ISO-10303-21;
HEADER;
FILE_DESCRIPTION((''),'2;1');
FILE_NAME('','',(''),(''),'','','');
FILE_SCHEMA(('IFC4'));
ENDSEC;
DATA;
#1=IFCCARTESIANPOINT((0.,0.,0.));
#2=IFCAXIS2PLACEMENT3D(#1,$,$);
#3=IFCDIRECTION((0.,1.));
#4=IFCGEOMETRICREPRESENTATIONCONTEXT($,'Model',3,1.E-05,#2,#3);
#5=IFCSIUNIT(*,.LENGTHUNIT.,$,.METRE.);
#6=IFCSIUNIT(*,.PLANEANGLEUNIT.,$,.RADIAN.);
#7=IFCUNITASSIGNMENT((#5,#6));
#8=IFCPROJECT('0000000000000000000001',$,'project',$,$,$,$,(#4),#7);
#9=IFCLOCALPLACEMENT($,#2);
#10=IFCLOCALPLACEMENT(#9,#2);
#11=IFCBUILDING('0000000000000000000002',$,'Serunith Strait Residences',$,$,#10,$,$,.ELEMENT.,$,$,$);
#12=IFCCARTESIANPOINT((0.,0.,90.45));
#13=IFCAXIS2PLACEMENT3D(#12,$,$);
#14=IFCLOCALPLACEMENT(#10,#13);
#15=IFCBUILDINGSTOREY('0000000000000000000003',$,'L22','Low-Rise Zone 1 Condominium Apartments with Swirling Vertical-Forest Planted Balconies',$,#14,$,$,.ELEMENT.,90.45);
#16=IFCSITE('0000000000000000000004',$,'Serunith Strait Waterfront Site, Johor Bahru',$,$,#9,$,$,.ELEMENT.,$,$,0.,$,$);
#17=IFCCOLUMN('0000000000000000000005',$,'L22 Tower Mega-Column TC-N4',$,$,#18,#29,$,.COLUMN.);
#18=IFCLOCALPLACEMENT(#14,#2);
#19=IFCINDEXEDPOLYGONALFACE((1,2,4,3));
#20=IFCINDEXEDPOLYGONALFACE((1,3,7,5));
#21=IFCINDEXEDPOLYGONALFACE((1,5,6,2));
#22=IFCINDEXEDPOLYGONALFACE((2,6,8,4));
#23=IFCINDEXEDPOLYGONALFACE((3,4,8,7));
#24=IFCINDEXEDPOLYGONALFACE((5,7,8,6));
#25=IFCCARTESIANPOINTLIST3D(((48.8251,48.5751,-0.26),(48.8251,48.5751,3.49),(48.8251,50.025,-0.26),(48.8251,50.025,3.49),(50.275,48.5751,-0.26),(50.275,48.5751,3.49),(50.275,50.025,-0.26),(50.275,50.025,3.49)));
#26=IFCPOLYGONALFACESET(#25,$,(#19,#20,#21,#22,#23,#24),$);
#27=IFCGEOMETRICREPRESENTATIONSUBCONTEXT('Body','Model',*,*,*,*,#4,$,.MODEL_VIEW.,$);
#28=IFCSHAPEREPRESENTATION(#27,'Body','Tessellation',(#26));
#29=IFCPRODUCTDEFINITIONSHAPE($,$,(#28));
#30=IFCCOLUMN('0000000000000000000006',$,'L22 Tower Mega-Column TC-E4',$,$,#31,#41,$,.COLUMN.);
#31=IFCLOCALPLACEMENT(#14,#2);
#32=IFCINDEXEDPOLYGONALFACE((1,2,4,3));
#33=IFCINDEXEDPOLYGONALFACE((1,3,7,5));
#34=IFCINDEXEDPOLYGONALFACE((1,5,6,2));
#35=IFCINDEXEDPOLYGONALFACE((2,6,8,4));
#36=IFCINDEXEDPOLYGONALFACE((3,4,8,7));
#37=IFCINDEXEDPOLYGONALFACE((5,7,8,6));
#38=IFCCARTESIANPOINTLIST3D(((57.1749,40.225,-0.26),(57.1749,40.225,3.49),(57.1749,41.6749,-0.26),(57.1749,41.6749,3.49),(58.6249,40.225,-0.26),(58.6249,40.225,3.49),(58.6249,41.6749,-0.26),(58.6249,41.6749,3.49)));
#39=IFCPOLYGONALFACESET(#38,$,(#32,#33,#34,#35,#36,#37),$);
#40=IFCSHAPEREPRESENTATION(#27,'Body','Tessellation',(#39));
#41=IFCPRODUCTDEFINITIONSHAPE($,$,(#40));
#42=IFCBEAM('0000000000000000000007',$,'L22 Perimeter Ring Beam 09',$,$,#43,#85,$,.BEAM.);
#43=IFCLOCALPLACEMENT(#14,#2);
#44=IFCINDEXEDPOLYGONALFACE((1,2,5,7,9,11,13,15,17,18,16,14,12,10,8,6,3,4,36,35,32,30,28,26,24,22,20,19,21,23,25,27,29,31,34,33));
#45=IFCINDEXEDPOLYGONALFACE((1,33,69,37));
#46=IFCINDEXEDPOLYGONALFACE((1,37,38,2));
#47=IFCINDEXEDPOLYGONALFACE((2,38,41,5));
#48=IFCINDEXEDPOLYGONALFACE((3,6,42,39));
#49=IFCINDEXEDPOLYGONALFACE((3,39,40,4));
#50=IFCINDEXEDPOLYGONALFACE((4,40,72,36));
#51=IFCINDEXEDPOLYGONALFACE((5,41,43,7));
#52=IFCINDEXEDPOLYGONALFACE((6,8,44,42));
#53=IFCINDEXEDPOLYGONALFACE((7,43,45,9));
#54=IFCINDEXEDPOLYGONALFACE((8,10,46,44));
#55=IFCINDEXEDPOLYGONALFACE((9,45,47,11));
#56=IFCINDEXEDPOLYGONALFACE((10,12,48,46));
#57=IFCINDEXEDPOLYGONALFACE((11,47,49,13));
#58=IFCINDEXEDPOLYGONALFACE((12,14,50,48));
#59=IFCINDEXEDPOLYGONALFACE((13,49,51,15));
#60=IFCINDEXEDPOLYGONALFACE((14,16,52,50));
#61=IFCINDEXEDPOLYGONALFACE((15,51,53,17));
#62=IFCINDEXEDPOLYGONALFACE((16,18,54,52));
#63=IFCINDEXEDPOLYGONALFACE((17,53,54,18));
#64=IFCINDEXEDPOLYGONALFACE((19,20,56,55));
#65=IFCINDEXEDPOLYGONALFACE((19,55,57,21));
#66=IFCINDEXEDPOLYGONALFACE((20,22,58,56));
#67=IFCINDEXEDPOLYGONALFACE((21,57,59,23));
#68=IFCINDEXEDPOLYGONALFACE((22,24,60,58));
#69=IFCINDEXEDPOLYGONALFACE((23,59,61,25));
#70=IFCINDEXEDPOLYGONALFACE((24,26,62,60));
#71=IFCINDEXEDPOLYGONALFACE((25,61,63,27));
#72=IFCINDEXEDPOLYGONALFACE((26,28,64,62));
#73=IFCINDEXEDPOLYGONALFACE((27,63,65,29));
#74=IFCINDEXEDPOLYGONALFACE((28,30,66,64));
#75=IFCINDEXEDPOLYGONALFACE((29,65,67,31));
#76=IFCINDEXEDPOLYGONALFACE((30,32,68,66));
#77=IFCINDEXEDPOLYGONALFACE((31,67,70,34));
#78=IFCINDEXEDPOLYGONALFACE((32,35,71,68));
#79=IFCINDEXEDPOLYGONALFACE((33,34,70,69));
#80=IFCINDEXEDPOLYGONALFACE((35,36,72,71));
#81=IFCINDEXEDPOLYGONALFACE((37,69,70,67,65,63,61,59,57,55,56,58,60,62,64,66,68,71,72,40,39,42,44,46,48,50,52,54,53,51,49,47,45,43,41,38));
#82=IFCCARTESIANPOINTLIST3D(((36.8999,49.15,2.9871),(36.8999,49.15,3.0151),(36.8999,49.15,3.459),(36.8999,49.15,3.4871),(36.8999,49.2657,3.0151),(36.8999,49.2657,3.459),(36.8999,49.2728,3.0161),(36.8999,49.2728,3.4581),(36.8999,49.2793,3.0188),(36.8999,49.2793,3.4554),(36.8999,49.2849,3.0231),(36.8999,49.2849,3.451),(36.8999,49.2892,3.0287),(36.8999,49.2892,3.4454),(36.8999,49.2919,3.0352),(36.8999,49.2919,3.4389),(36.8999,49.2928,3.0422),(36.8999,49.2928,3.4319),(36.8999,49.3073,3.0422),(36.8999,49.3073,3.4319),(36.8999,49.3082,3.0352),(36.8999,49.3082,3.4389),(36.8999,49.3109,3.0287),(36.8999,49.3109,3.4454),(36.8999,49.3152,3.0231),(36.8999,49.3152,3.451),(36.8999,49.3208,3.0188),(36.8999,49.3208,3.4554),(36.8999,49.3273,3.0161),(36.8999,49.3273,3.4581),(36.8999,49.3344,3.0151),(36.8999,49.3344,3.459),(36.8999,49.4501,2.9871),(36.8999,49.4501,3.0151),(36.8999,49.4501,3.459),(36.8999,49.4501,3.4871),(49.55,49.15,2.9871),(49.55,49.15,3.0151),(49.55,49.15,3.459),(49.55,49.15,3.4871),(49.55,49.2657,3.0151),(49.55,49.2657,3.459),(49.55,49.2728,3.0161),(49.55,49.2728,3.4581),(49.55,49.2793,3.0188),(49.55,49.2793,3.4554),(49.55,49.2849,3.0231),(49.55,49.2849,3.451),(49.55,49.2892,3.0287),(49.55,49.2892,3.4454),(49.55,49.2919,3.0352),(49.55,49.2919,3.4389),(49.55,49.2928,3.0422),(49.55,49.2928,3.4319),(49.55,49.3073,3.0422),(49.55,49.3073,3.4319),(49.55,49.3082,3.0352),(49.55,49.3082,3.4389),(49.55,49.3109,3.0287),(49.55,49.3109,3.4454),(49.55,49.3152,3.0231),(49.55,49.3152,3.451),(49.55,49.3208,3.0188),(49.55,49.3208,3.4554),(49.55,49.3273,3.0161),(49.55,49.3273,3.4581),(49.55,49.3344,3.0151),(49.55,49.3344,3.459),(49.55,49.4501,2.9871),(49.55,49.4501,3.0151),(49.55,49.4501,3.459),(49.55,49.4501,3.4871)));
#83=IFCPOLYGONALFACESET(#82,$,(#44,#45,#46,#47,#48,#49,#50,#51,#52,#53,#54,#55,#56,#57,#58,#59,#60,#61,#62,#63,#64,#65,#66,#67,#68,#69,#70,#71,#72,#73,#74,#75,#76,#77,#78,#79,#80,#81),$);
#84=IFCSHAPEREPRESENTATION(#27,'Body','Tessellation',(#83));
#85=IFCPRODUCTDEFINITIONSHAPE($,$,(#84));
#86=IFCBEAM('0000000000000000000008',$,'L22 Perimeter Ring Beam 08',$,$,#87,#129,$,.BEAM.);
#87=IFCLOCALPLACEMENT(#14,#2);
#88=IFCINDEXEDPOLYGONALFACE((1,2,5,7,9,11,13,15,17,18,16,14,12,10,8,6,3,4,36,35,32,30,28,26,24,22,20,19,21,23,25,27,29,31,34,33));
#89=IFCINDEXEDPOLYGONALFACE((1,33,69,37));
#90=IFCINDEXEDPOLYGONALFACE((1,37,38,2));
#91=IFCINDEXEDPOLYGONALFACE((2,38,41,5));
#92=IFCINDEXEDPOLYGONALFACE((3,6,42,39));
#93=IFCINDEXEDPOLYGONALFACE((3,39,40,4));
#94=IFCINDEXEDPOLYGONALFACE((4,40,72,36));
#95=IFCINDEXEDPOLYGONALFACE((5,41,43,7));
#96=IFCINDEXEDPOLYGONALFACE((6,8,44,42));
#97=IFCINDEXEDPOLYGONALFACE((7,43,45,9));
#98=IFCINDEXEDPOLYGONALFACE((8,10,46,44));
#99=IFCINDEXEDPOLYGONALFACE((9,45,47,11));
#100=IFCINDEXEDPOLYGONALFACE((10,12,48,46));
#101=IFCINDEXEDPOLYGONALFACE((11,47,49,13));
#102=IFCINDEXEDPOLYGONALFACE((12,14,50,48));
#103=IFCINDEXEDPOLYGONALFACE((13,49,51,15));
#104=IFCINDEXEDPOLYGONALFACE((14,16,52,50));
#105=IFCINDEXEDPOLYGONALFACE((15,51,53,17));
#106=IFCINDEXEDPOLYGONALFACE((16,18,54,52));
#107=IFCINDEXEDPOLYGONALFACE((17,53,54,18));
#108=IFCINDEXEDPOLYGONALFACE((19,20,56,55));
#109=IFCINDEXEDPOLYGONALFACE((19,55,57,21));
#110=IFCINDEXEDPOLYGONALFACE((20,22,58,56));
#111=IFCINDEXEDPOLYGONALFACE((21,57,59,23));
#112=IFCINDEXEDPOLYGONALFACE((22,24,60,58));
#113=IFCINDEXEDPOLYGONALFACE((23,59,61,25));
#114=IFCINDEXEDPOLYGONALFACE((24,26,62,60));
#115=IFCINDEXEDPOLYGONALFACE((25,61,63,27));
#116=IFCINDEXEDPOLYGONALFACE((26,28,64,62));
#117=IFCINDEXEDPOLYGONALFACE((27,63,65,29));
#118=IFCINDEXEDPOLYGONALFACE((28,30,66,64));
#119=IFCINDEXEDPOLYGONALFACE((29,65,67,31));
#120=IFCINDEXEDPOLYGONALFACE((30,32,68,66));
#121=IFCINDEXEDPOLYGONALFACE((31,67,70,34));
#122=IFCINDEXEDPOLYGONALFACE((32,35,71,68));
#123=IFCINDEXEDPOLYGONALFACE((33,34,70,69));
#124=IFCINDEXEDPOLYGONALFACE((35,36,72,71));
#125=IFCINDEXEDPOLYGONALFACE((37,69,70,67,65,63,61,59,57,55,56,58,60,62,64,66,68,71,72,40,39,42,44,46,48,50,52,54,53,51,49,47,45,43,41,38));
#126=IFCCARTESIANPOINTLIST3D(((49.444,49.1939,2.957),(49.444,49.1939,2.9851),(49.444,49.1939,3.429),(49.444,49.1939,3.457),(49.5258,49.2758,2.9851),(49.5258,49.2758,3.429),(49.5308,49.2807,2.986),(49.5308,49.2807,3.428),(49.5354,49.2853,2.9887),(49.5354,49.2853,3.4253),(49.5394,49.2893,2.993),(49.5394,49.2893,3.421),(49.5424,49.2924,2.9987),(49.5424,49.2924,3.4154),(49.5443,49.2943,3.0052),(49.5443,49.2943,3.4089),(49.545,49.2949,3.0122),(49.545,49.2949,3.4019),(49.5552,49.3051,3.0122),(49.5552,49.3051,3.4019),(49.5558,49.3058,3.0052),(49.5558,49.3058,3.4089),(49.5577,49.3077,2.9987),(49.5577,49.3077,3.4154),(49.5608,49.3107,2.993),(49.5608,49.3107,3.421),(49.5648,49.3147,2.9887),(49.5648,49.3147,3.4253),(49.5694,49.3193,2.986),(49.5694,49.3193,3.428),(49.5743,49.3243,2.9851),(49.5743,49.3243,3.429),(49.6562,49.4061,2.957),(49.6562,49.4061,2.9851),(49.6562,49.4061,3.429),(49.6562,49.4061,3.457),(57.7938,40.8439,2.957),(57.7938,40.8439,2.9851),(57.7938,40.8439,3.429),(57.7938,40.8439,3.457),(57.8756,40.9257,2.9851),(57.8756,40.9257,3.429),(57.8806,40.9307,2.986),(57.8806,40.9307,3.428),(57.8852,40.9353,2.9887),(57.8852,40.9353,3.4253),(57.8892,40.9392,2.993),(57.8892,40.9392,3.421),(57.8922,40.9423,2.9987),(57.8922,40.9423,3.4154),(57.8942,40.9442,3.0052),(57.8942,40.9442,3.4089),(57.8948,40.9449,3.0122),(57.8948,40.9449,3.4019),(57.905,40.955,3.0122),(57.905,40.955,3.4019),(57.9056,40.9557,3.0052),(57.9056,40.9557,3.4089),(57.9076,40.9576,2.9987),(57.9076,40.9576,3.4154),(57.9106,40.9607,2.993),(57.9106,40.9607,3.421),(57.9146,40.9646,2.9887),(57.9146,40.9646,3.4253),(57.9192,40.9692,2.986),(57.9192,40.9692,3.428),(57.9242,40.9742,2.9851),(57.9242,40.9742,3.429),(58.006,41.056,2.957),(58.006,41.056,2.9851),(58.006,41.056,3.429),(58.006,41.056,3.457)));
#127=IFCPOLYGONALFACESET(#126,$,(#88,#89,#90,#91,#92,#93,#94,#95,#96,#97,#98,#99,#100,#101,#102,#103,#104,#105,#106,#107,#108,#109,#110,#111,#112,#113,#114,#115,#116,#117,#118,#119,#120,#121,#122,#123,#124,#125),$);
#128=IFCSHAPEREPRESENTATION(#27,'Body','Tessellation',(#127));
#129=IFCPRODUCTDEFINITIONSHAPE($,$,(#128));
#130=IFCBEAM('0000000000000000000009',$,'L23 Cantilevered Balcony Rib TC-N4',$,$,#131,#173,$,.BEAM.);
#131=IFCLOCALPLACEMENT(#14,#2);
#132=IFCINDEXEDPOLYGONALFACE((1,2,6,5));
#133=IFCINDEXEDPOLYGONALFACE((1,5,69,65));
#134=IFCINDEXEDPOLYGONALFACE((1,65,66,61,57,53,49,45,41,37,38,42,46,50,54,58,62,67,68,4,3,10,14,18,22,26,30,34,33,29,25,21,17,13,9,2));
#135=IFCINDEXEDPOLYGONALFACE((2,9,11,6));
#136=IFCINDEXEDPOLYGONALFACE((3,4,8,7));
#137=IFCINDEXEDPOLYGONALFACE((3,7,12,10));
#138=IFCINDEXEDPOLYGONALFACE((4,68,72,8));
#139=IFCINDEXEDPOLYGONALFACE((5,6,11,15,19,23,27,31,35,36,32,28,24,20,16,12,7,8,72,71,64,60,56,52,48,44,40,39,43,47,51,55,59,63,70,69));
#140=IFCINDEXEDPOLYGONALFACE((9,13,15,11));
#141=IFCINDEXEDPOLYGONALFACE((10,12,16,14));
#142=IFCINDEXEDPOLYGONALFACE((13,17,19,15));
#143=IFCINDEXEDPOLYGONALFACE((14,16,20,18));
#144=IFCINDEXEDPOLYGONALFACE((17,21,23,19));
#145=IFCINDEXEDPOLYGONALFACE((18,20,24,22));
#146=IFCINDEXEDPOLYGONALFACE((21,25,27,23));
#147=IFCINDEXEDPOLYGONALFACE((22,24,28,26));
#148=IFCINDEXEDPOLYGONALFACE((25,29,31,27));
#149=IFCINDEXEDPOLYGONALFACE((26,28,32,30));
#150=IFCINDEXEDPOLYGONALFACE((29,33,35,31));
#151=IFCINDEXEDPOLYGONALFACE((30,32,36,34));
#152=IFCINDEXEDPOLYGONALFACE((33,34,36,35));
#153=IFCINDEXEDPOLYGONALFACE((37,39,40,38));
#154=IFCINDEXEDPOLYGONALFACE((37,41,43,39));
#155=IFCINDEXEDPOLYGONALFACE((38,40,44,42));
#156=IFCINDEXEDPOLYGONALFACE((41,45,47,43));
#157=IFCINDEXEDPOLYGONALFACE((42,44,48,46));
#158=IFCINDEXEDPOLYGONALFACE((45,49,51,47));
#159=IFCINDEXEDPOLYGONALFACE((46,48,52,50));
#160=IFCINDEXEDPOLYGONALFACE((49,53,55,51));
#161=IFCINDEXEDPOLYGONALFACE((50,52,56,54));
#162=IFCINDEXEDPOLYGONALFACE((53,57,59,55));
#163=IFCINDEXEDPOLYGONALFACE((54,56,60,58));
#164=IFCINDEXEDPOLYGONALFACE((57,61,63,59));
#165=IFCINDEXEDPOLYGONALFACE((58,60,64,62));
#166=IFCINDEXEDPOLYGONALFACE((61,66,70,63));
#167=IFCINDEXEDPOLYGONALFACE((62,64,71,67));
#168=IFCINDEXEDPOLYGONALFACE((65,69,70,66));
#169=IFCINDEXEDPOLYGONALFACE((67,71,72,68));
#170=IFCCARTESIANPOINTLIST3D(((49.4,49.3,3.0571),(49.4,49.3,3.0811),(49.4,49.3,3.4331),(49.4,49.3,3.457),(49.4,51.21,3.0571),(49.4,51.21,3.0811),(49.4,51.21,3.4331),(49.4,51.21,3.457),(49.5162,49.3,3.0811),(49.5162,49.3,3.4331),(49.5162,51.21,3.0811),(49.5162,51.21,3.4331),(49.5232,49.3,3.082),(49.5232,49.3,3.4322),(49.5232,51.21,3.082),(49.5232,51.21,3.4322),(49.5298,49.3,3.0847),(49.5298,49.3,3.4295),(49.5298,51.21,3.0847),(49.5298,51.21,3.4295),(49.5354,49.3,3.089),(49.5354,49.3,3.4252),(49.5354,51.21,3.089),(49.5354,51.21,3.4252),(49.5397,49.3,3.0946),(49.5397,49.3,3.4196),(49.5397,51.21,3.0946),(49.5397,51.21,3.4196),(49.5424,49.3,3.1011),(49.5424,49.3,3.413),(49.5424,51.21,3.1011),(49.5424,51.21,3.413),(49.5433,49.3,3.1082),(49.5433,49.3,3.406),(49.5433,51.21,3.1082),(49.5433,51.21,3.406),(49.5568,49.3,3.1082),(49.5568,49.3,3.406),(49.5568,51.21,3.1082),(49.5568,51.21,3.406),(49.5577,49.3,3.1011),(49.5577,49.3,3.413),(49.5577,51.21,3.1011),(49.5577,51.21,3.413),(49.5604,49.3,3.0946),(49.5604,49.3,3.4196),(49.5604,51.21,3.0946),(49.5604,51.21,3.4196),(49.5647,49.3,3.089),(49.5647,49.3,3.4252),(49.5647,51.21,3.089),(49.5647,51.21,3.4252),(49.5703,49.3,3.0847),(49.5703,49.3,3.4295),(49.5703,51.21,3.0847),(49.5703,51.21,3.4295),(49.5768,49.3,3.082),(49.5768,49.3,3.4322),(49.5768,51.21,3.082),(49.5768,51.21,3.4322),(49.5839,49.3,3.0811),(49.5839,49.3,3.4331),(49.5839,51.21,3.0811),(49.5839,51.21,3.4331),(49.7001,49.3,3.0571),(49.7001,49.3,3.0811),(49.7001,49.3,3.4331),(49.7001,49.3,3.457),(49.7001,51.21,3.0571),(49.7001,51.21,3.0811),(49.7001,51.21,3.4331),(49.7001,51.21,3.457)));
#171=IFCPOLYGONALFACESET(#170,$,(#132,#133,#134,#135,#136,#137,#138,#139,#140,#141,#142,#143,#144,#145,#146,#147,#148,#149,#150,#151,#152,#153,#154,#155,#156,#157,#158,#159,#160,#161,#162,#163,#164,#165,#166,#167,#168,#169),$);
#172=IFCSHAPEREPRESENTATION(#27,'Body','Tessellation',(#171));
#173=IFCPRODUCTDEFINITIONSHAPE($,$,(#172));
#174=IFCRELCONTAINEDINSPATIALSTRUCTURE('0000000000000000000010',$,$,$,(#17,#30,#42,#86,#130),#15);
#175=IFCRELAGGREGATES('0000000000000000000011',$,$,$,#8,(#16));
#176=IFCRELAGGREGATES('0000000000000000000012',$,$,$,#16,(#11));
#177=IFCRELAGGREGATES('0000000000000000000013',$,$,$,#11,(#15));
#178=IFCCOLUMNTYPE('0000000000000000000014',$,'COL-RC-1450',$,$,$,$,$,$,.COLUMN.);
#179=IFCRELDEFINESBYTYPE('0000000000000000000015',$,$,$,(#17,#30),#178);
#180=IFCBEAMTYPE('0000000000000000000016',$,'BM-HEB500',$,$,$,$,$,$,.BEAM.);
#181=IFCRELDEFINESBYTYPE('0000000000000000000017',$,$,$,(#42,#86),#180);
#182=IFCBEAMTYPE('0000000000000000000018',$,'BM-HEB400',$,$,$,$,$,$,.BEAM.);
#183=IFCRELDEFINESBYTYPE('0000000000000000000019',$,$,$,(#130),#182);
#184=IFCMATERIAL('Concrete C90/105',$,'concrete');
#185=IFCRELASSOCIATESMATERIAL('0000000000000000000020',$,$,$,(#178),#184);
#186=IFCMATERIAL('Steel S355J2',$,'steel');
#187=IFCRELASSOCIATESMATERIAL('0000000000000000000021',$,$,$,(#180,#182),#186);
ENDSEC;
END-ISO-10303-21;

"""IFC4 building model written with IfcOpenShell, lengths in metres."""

from ifc_helpers import new_model, si_unit, direction, frame, origin, origin_2d, place, context, subcontext, project, spatial, rectangle, i_section, extrude, source, transform, mapped, material, material_profile, profile_set, type_object, element, save


model = new_model("IFC4")

# Units and contexts
model_context = context("Model", 3, precision=1e-05, world=origin(), true_north=direction((0.0, 1.0)))
body_context = subcontext(model_context, "Body", "Model", "MODEL_VIEW")
ifc_project = project(units=[si_unit("LENGTHUNIT", "METRE"), si_unit("PLANEANGLEUNIT", "RADIAN")], contexts=[model_context])

# Site, building, storey
site_placement = place(None, origin())
site = spatial("IfcSite", under=ifc_project, at=site_placement, Name="Serunith Strait Waterfront Site, Johor Bahru", CompositionType="ELEMENT", RefElevation=0.0)
building_placement = place(site_placement, origin())
building = spatial("IfcBuilding", under=site, at=building_placement, Name="Serunith Strait Residences", CompositionType="ELEMENT")
storey_placement = place(building_placement, frame((0.0, 0.0, 90.45)))
storey = spatial("IfcBuildingStorey", under=building, at=storey_placement, Name="L22", Description="Low-Rise Zone 1 Condominium Apartments with Swirling Vertical-Forest Planted Balconies", CompositionType="ELEMENT", Elevation=90.45)

# Columns
ifc_material_1 = material(Name="Concrete C90/105", Category="concrete")
ifc_material_profile_1 = material_profile(ifc_material_1, rectangle(XDim=1.45, YDim=1.45, at=origin_2d()), Name="RC 1450x1450")
ifc_profile_set_1 = profile_set([ifc_material_profile_1], Name="Concrete C90/105")
column_type = type_object("IfcColumnType", Name="COL-RC-1450", PredefinedType="COLUMN", material=ifc_profile_set_1)
shared_shape_1 = source(origin(), body_context, "Body", "SweptSolid", [
    extrude(rectangle(XDim=1.45, YDim=1.45, at=origin_2d()), origin(), (0.0, 0.0, 1.0), 3.75),
])
for number, where, z_axis, x_axis, name in (
    (1, (49.55, 49.3, -0.26), (0.0, 0.0, 1.0), (1.0, 0.0, 0.0), "L22 Tower Mega-Column TC-N4"),
    (2, (57.8999, 40.95, -0.26), (0.0, 0.0, 1.0), (1.0, 0.0, 0.0), "L22 Tower Mega-Column TC-E4"),
):
    element("IfcColumn", number, at=place(storey_placement, frame(where, z_axis=z_axis, x_axis=x_axis)), inside=storey, type_object=column_type, Name=name, PredefinedType="COLUMN", context=body_context, shape_type="MappedRepresentation", body=[
        mapped(shared_shape_1, transform((0.0, 0.0, 0.0), scale=1.0)),
    ])

# Beams
ifc_material_2 = material(Name="Steel S355J2", Category="steel")
ifc_material_profile_2 = material_profile(ifc_material_2, i_section(OverallWidth=0.3, OverallDepth=0.5, WebThickness=0.0144, FlangeThickness=0.0281, FilletRadius=0.0271, at=origin_2d()), Name="HEB 500")
ifc_profile_set_2 = profile_set([ifc_material_profile_2], Name="Steel S355J2")
beam_type_1 = type_object("IfcBeamType", Name="BM-HEB500", PredefinedType="BEAM", material=ifc_profile_set_2)
shared_shape_2 = source(origin(), body_context, "Body", "SweptSolid", [
    extrude(i_section(OverallWidth=0.3, OverallDepth=0.5, WebThickness=0.0144, FlangeThickness=0.0281, FilletRadius=0.0271, at=origin_2d()), origin(), (0.0, 0.0, 1.0), 12.6501),
])
beam_1_placement = place(storey_placement, frame((49.55, 49.3, 3.2371), z_axis=(-1.0, 0.0, 0.0), x_axis=(0.0, -1.0, 0.0)))
element("IfcBeam", 3, at=beam_1_placement, inside=storey, type_object=beam_type_1, Name="L22 Perimeter Ring Beam 09", PredefinedType="BEAM", context=body_context, shape_type="MappedRepresentation", body=[
    mapped(shared_shape_2, transform((0.0, 0.0, 0.0), scale=1.0)),
])
shared_shape_3 = source(origin(), body_context, "Body", "SweptSolid", [
    extrude(i_section(OverallWidth=0.3, OverallDepth=0.5, WebThickness=0.0144, FlangeThickness=0.0281, FilletRadius=0.0271, at=origin_2d()), origin(), (0.0, 0.0, 1.0), 11.8086),
])
beam_2_placement = place(storey_placement, frame((57.8999, 40.95, 3.207), z_axis=(-0.707096, 0.707117, 0.0), x_axis=(-0.707117, -0.707096, 0.0)))
element("IfcBeam", 4, at=beam_2_placement, inside=storey, type_object=beam_type_1, Name="L22 Perimeter Ring Beam 08", PredefinedType="BEAM", context=body_context, shape_type="MappedRepresentation", body=[
    mapped(shared_shape_3, transform((0.0, 0.0, 0.0), scale=1.0)),
])
ifc_material_profile_3 = material_profile(ifc_material_2, i_section(OverallWidth=0.3, OverallDepth=0.3999, WebThickness=0.0134, FlangeThickness=0.0239, FilletRadius=0.0271, at=origin_2d()), Name="HEB 400")
ifc_profile_set_3 = profile_set([ifc_material_profile_3], Name="Steel S355J2")
beam_type_2 = type_object("IfcBeamType", Name="BM-HEB400", PredefinedType="BEAM", material=ifc_profile_set_3)
shared_shape_4 = source(origin(), body_context, "Body", "SweptSolid", [
    extrude(i_section(OverallWidth=0.3, OverallDepth=0.3999, WebThickness=0.0134, FlangeThickness=0.0239, FilletRadius=0.0271, at=origin_2d()), origin(), (0.0, 0.0, 1.0), 1.9099),
])
beam_3_placement = place(storey_placement, frame((49.55, 49.3, 3.2571), z_axis=(0.0, 1.0, 0.0), x_axis=(-1.0, 0.0, 0.0)))
element("IfcBeam", 5, at=beam_3_placement, inside=storey, type_object=beam_type_2, Name="L23 Cantilevered Balcony Rib TC-N4", PredefinedType="BEAM", context=body_context, shape_type="MappedRepresentation", body=[
    mapped(shared_shape_4, transform((0.0, 0.0, 0.0), scale=1.0)),
])

save(model, "model.ifc")
